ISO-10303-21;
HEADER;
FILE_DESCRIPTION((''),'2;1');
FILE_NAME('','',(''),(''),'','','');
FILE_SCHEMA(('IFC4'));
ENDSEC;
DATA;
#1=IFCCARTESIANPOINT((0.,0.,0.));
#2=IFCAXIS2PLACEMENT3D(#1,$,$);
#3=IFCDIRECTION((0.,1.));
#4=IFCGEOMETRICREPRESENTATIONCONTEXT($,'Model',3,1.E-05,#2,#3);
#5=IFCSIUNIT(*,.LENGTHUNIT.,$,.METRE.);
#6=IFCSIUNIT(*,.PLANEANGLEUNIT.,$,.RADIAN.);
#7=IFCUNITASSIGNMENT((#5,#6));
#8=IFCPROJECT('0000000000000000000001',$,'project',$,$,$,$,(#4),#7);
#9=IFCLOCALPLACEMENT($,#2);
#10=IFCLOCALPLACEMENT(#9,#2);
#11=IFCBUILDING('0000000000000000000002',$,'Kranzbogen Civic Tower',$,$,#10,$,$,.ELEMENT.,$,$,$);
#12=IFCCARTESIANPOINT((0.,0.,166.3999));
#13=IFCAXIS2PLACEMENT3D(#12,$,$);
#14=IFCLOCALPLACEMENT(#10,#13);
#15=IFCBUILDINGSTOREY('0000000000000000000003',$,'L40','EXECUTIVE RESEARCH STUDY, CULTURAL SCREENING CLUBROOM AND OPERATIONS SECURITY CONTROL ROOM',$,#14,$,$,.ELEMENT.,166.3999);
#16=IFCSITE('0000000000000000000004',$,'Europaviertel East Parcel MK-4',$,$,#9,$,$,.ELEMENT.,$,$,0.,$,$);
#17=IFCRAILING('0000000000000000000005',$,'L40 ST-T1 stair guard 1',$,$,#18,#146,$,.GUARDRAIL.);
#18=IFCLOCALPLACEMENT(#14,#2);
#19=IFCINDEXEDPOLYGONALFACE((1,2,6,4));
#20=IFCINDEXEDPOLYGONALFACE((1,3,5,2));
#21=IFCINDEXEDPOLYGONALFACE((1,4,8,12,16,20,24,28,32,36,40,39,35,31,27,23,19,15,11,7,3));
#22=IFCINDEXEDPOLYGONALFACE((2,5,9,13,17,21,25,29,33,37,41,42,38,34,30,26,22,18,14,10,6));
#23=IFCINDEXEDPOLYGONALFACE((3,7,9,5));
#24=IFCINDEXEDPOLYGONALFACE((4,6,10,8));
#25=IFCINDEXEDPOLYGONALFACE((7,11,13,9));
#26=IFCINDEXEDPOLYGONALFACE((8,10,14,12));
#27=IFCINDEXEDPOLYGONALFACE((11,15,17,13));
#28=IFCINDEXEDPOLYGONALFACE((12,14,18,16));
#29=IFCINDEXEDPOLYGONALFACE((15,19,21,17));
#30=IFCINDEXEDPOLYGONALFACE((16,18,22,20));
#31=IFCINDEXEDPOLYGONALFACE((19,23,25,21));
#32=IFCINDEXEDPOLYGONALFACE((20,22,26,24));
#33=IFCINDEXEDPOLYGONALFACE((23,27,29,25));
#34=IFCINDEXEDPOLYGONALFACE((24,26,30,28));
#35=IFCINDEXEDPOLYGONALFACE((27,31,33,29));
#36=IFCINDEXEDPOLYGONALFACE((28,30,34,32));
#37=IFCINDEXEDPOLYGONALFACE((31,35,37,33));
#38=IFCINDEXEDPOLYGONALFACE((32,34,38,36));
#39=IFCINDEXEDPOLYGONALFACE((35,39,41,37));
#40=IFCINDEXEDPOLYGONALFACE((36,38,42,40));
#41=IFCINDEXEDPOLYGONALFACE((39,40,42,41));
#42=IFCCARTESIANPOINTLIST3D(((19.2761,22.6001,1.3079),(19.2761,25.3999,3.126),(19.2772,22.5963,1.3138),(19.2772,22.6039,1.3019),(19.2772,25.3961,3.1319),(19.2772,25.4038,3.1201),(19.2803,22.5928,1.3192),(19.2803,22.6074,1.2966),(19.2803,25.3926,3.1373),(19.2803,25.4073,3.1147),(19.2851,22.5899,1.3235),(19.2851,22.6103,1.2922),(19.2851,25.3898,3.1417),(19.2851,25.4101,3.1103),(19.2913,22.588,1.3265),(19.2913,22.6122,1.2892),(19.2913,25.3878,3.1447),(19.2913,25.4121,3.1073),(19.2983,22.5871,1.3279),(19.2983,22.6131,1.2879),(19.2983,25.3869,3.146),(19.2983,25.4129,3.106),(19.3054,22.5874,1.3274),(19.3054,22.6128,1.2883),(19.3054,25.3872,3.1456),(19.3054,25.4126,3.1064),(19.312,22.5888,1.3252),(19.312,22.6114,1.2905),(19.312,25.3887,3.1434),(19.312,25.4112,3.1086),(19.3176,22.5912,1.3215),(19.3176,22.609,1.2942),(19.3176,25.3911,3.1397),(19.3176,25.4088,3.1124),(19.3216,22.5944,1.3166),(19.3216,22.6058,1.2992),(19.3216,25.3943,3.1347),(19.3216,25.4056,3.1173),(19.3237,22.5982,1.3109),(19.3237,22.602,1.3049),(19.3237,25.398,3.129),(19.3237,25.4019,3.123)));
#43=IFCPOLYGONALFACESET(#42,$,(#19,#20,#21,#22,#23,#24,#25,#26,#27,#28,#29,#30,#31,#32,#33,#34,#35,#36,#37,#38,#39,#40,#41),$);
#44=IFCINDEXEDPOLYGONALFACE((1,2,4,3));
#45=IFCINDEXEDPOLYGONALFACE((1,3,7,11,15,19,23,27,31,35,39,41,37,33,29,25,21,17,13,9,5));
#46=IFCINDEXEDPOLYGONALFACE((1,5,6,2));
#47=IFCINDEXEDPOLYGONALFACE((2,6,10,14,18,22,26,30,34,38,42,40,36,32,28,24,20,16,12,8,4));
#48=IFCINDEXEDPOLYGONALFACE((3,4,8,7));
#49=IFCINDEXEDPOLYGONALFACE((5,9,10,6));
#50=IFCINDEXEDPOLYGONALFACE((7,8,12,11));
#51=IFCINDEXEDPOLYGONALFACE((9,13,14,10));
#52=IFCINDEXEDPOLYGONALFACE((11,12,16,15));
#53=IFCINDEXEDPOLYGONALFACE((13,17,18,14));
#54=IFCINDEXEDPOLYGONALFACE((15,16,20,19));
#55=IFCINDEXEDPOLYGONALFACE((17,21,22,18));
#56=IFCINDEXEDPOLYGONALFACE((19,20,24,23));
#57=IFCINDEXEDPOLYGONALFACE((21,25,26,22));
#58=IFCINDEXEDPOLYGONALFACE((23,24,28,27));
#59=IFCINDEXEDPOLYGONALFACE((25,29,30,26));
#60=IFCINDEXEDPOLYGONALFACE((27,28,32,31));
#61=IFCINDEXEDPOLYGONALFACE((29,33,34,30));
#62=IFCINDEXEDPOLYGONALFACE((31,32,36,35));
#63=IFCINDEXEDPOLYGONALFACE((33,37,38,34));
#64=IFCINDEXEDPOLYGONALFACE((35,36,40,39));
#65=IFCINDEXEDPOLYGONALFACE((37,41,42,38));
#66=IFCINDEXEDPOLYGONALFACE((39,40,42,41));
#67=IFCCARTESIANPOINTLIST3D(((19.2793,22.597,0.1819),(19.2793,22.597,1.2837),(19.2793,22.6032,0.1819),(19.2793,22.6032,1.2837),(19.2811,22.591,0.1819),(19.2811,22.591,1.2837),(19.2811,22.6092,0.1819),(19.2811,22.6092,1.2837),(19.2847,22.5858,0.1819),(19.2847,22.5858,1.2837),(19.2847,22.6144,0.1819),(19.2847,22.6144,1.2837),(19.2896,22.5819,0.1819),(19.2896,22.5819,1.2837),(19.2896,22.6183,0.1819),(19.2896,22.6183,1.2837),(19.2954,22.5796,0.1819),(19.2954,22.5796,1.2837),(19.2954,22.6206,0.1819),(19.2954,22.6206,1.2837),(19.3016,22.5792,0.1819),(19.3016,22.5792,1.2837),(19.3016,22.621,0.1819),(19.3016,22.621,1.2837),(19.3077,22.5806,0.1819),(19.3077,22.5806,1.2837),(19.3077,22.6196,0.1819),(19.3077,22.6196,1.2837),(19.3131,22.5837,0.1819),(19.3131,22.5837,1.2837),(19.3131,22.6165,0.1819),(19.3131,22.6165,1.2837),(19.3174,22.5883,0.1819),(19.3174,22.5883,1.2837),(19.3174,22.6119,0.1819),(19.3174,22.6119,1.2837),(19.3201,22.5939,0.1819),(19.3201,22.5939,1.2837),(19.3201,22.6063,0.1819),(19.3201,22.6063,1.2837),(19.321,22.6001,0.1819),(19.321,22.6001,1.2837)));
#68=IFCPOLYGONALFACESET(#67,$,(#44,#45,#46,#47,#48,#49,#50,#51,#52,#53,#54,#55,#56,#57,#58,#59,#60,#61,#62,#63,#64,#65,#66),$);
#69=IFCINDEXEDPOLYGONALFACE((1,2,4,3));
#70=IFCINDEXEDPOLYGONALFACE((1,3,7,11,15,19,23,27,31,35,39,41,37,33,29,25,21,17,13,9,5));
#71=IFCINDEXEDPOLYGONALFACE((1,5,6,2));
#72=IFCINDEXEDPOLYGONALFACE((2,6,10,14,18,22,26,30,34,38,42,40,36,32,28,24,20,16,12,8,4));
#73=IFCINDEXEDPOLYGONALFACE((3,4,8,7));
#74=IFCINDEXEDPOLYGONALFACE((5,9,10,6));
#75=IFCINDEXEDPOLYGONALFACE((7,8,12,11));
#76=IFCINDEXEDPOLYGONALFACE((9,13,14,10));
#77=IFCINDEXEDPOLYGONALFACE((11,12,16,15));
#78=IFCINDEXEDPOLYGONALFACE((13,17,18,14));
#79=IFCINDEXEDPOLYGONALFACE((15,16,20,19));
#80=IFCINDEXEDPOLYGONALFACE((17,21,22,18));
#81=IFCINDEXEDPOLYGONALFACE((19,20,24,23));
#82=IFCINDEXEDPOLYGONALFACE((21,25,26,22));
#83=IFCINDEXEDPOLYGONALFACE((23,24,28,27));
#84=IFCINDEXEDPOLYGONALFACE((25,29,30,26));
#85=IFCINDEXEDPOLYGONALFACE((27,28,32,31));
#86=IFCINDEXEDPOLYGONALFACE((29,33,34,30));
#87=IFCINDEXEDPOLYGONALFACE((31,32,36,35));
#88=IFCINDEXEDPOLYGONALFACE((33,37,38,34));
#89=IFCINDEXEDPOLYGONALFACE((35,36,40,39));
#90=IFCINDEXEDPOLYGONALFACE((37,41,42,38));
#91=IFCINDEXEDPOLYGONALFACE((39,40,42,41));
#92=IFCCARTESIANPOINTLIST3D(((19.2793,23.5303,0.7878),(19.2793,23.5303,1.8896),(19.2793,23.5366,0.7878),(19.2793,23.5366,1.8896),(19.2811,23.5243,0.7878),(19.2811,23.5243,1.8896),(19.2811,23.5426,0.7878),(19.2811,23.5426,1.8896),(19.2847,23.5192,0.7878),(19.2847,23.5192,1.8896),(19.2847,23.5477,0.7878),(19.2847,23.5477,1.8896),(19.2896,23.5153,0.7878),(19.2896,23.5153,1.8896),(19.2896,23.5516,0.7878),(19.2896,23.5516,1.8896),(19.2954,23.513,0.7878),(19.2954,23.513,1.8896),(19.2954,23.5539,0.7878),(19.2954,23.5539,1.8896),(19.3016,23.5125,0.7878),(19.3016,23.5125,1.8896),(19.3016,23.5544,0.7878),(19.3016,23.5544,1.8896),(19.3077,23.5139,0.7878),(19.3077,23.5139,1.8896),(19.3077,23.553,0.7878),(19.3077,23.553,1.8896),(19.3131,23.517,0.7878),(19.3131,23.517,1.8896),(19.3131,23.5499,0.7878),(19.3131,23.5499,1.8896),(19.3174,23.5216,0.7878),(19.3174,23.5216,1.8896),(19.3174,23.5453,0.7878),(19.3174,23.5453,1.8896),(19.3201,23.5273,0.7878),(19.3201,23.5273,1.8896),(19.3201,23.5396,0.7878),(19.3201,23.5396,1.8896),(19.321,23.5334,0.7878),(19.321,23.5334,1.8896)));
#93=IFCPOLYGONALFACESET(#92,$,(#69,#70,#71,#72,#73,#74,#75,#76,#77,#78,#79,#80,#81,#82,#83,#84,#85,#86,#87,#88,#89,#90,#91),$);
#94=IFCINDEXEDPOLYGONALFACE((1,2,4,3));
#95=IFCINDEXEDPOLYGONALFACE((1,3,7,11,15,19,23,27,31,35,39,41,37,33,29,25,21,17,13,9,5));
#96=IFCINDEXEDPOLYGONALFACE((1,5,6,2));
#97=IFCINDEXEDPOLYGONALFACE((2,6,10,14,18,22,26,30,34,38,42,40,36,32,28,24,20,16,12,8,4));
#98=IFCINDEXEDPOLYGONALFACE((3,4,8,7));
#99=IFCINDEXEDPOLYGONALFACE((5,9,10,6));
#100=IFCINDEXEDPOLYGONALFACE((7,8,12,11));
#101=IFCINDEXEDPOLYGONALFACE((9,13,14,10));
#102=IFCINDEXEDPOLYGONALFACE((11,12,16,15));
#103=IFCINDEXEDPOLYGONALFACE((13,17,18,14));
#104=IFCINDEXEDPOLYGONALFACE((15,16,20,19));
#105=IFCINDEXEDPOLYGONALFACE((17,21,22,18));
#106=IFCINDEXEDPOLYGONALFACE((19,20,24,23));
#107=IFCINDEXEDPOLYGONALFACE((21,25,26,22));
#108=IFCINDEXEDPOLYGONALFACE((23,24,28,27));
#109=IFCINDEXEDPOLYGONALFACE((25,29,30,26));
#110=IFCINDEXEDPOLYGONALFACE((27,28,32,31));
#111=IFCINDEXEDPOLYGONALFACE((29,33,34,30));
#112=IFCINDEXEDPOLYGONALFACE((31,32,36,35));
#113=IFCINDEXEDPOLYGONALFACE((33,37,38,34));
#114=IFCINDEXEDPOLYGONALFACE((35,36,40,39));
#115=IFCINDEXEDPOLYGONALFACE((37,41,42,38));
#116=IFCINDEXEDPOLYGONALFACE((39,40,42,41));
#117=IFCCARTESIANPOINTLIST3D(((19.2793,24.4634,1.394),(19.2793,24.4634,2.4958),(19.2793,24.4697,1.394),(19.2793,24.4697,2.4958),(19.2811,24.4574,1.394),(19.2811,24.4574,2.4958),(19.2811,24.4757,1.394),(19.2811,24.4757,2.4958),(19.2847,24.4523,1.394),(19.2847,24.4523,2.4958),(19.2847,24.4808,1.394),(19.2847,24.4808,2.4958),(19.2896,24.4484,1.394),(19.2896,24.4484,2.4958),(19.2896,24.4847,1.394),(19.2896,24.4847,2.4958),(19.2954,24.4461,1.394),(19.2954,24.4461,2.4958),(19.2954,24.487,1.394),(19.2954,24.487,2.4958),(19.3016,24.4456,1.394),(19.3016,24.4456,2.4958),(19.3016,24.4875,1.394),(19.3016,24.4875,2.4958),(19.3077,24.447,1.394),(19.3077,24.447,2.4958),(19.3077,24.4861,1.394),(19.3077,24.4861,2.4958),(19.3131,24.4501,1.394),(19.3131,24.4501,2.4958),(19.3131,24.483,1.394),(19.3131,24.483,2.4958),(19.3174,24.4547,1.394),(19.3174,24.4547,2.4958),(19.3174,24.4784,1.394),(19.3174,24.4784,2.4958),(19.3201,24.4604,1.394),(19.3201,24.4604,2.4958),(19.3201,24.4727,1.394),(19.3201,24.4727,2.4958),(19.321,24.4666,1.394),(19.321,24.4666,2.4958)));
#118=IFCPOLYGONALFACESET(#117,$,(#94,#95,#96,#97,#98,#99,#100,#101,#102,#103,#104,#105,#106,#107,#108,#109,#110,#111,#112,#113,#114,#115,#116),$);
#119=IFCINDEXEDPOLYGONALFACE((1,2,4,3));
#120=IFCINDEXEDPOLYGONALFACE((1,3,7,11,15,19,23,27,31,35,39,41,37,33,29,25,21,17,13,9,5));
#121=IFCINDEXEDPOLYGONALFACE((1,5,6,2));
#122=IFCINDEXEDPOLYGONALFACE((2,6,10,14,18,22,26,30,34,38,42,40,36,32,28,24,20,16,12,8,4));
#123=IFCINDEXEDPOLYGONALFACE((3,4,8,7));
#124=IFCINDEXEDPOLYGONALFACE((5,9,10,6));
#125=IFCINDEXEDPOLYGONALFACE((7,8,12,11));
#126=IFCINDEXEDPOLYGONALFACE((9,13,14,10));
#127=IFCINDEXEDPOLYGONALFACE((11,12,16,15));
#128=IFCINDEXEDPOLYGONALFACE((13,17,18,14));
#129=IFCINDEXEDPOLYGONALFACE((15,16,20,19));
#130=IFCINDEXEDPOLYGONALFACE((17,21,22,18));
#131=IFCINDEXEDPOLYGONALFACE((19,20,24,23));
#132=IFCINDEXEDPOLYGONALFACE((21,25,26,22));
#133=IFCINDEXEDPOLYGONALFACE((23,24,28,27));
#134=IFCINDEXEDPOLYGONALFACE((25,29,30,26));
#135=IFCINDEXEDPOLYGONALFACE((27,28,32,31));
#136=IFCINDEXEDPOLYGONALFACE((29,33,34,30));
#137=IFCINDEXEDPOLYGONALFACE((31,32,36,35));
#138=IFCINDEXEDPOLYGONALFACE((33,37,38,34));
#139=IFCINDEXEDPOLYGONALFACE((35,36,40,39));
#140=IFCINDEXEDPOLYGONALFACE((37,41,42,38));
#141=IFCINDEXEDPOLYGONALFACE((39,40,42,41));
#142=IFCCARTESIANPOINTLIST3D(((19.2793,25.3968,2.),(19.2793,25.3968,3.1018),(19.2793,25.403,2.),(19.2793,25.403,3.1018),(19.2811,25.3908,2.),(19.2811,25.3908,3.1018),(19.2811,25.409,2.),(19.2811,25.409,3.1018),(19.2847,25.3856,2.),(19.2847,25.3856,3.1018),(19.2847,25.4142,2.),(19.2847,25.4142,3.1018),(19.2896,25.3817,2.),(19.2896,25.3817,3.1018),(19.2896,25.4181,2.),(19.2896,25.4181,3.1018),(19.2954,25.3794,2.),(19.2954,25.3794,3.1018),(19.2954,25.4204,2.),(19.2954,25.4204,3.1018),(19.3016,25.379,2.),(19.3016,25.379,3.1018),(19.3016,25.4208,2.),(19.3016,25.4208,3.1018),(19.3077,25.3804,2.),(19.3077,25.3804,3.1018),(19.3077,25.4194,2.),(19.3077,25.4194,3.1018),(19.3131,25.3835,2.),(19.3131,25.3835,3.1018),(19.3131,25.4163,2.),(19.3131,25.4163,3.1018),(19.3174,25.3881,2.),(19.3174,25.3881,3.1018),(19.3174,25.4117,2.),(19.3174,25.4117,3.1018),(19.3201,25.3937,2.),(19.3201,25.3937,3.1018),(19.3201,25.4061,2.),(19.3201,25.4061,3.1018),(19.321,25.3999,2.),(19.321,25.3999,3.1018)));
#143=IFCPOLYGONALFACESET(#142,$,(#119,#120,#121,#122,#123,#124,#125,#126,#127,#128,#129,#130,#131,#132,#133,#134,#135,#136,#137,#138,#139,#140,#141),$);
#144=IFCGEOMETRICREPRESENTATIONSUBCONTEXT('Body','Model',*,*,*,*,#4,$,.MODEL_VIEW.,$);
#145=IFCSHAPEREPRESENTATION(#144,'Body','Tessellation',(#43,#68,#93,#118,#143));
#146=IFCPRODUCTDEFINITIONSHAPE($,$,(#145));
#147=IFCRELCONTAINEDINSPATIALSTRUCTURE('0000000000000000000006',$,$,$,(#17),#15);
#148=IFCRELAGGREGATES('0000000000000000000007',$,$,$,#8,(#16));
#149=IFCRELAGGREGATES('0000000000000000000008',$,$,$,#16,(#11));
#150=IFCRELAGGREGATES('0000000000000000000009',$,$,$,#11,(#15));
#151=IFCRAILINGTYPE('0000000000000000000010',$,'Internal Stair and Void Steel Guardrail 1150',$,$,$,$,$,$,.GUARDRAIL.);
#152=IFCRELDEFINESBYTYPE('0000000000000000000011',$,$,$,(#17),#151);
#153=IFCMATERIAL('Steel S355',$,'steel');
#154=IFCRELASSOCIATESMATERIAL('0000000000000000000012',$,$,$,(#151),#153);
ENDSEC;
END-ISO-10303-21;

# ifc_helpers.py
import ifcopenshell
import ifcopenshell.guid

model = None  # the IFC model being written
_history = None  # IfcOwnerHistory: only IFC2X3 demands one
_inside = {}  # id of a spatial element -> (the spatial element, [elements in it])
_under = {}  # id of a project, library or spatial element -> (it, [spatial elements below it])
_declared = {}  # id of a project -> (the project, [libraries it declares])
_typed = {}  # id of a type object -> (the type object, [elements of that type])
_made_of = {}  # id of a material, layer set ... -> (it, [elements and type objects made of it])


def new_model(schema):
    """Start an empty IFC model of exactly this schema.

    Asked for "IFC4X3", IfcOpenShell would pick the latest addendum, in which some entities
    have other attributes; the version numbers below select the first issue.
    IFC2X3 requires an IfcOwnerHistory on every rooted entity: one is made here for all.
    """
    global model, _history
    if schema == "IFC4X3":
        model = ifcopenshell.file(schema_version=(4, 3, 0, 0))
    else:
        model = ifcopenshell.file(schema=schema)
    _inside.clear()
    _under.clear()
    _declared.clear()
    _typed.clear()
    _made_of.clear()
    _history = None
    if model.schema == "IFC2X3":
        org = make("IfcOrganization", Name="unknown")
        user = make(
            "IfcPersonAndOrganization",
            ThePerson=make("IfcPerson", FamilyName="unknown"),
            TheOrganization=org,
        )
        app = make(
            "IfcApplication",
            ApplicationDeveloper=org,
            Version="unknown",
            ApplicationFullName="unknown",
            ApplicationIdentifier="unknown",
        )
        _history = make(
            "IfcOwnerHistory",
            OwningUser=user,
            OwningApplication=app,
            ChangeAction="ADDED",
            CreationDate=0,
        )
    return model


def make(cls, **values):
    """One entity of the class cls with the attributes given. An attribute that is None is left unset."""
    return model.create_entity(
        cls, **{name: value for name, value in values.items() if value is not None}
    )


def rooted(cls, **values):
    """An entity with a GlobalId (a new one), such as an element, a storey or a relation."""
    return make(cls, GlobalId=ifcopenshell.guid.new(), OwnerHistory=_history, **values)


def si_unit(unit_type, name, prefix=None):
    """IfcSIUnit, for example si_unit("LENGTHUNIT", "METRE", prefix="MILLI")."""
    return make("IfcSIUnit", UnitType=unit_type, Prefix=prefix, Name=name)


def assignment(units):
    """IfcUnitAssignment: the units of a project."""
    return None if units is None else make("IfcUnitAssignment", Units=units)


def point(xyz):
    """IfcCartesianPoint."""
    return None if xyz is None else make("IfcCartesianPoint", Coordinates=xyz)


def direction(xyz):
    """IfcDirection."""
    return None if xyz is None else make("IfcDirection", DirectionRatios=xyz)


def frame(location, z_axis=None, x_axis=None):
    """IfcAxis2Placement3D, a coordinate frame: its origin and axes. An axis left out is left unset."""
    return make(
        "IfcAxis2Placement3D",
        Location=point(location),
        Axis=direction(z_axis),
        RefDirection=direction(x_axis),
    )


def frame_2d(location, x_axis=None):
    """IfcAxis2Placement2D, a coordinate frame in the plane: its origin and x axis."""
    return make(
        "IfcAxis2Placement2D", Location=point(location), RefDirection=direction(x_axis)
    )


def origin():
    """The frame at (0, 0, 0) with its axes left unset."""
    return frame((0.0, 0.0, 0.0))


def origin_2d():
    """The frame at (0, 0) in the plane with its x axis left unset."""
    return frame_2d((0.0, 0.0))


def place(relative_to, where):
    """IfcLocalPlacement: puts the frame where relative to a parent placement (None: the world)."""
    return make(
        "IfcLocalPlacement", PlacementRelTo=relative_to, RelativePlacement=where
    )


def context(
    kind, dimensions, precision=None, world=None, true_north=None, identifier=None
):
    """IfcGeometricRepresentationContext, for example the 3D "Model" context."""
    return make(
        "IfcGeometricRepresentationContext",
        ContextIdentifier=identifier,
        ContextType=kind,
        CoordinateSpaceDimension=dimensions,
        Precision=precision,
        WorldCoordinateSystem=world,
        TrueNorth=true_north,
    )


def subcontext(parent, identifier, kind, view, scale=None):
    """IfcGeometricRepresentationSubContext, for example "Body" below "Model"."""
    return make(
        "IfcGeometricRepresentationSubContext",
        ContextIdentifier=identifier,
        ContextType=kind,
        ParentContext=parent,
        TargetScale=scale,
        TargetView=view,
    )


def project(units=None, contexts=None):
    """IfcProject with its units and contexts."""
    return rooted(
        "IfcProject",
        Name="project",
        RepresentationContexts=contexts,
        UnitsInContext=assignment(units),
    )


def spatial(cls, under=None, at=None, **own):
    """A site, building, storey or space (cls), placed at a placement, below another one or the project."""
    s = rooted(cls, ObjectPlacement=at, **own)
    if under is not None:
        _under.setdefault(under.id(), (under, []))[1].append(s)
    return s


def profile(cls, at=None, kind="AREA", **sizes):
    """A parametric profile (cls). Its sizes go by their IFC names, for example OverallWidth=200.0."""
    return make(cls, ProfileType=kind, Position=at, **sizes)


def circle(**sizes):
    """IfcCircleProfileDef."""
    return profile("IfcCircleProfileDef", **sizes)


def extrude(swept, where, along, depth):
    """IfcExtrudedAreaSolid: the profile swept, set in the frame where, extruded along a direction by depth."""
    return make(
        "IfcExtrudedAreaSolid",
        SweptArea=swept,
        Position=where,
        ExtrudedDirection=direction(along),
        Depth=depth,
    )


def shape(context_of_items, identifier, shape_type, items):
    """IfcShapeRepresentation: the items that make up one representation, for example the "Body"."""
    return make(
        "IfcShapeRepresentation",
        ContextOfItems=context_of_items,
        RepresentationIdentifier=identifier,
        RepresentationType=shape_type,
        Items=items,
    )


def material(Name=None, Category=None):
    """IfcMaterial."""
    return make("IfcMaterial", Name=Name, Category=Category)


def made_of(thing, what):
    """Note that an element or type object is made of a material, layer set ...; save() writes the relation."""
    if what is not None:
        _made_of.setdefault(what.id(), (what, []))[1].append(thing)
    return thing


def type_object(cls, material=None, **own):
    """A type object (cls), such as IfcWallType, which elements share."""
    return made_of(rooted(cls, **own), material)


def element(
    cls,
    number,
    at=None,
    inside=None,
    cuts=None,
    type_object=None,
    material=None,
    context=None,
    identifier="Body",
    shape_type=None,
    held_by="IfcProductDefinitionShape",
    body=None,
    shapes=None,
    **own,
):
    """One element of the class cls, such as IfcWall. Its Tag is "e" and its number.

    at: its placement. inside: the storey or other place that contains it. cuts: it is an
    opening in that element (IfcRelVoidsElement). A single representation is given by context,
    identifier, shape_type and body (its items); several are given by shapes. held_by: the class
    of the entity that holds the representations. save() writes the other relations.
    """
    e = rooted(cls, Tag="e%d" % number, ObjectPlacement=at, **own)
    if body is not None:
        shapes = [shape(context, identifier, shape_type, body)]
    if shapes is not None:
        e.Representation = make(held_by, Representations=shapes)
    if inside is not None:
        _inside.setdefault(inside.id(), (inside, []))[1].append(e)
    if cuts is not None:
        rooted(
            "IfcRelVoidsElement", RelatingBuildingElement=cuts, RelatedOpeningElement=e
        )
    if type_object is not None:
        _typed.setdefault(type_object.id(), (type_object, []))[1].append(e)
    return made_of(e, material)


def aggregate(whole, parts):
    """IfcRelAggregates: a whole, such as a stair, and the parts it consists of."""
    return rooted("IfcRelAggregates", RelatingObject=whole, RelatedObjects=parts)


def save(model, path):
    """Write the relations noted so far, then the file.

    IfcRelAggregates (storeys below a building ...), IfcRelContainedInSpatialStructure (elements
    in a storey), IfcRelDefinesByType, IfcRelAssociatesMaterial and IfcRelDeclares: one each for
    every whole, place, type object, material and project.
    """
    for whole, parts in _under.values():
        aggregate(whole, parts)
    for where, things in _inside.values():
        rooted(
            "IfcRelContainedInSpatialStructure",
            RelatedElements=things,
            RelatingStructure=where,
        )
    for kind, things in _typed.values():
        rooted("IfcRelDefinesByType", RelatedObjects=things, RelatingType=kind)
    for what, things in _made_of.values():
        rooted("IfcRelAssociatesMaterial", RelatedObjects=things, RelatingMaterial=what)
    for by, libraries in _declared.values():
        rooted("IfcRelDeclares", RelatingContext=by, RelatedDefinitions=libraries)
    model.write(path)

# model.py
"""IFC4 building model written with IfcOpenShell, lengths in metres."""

from ifc_helpers import new_model, si_unit, direction, frame, origin, origin_2d, place, context, subcontext, project, spatial, circle, extrude, material, type_object, element, save


model = new_model("IFC4")

# Units and contexts
model_context = context("Model", 3, precision=1e-05, world=origin(), true_north=direction((0.0, 1.0)))
body_context = subcontext(model_context, "Body", "Model", "MODEL_VIEW")
ifc_project = project(units=[si_unit("LENGTHUNIT", "METRE"), si_unit("PLANEANGLEUNIT", "RADIAN")], contexts=[model_context])

# Site, building, storey
site_placement = place(None, origin())
site = spatial("IfcSite", under=ifc_project, at=site_placement, Name="Europaviertel East Parcel MK-4", CompositionType="ELEMENT", RefElevation=0.0)
building_placement = place(site_placement, origin())
building = spatial("IfcBuilding", under=site, at=building_placement, Name="Kranzbogen Civic Tower", CompositionType="ELEMENT")
storey_placement = place(building_placement, frame((0.0, 0.0, 166.3999)))
storey = spatial("IfcBuildingStorey", under=building, at=storey_placement, Name="L40", Description="EXECUTIVE RESEARCH STUDY, CULTURAL SCREENING CLUBROOM AND OPERATIONS SECURITY CONTROL ROOM", CompositionType="ELEMENT", Elevation=166.3999)

# Shared definitions
ifc_material_1 = material(Name="Steel S355", Category="steel")

# Railing
railing_type_1 = type_object("IfcRailingType", Name="Internal Stair and Void Steel Guardrail 1150", PredefinedType="GUARDRAIL", material=ifc_material_1)
railing_1_placement = place(storey_placement, frame((19.3, 22.6001, 0.1819)))
element("IfcRailing", 1, at=railing_1_placement, inside=storey, type_object=railing_type_1, Name="L40 ST-T1 stair guard 1", PredefinedType="GUARDRAIL", context=body_context, shape_type="SweptSolid", body=[
    extrude(circle(Radius=0.0239, at=origin_2d()), frame((0.0, 0.0, 1.126), z_axis=(0.0, 0.838684, 0.544618), x_axis=(-1.0, 0.0, 0.0)), (0.0, 0.0, 1.0), 3.3384),
    extrude(circle(Radius=0.021, at=origin_2d()), origin(), (0.0, 0.0, 1.0), 1.1018),
    extrude(circle(Radius=0.021, at=origin_2d()), frame((0.0, 0.9333, 0.606)), (0.0, 0.0, 1.0), 1.1018),
    extrude(circle(Radius=0.021, at=origin_2d()), frame((0.0, 1.8665, 1.2122)), (0.0, 0.0, 1.0), 1.1018),
    extrude(circle(Radius=0.021, at=origin_2d()), frame((0.0, 2.7998, 1.8181)), (0.0, 0.0, 1.0), 1.1018),
])

save(model, "model.ifc")
